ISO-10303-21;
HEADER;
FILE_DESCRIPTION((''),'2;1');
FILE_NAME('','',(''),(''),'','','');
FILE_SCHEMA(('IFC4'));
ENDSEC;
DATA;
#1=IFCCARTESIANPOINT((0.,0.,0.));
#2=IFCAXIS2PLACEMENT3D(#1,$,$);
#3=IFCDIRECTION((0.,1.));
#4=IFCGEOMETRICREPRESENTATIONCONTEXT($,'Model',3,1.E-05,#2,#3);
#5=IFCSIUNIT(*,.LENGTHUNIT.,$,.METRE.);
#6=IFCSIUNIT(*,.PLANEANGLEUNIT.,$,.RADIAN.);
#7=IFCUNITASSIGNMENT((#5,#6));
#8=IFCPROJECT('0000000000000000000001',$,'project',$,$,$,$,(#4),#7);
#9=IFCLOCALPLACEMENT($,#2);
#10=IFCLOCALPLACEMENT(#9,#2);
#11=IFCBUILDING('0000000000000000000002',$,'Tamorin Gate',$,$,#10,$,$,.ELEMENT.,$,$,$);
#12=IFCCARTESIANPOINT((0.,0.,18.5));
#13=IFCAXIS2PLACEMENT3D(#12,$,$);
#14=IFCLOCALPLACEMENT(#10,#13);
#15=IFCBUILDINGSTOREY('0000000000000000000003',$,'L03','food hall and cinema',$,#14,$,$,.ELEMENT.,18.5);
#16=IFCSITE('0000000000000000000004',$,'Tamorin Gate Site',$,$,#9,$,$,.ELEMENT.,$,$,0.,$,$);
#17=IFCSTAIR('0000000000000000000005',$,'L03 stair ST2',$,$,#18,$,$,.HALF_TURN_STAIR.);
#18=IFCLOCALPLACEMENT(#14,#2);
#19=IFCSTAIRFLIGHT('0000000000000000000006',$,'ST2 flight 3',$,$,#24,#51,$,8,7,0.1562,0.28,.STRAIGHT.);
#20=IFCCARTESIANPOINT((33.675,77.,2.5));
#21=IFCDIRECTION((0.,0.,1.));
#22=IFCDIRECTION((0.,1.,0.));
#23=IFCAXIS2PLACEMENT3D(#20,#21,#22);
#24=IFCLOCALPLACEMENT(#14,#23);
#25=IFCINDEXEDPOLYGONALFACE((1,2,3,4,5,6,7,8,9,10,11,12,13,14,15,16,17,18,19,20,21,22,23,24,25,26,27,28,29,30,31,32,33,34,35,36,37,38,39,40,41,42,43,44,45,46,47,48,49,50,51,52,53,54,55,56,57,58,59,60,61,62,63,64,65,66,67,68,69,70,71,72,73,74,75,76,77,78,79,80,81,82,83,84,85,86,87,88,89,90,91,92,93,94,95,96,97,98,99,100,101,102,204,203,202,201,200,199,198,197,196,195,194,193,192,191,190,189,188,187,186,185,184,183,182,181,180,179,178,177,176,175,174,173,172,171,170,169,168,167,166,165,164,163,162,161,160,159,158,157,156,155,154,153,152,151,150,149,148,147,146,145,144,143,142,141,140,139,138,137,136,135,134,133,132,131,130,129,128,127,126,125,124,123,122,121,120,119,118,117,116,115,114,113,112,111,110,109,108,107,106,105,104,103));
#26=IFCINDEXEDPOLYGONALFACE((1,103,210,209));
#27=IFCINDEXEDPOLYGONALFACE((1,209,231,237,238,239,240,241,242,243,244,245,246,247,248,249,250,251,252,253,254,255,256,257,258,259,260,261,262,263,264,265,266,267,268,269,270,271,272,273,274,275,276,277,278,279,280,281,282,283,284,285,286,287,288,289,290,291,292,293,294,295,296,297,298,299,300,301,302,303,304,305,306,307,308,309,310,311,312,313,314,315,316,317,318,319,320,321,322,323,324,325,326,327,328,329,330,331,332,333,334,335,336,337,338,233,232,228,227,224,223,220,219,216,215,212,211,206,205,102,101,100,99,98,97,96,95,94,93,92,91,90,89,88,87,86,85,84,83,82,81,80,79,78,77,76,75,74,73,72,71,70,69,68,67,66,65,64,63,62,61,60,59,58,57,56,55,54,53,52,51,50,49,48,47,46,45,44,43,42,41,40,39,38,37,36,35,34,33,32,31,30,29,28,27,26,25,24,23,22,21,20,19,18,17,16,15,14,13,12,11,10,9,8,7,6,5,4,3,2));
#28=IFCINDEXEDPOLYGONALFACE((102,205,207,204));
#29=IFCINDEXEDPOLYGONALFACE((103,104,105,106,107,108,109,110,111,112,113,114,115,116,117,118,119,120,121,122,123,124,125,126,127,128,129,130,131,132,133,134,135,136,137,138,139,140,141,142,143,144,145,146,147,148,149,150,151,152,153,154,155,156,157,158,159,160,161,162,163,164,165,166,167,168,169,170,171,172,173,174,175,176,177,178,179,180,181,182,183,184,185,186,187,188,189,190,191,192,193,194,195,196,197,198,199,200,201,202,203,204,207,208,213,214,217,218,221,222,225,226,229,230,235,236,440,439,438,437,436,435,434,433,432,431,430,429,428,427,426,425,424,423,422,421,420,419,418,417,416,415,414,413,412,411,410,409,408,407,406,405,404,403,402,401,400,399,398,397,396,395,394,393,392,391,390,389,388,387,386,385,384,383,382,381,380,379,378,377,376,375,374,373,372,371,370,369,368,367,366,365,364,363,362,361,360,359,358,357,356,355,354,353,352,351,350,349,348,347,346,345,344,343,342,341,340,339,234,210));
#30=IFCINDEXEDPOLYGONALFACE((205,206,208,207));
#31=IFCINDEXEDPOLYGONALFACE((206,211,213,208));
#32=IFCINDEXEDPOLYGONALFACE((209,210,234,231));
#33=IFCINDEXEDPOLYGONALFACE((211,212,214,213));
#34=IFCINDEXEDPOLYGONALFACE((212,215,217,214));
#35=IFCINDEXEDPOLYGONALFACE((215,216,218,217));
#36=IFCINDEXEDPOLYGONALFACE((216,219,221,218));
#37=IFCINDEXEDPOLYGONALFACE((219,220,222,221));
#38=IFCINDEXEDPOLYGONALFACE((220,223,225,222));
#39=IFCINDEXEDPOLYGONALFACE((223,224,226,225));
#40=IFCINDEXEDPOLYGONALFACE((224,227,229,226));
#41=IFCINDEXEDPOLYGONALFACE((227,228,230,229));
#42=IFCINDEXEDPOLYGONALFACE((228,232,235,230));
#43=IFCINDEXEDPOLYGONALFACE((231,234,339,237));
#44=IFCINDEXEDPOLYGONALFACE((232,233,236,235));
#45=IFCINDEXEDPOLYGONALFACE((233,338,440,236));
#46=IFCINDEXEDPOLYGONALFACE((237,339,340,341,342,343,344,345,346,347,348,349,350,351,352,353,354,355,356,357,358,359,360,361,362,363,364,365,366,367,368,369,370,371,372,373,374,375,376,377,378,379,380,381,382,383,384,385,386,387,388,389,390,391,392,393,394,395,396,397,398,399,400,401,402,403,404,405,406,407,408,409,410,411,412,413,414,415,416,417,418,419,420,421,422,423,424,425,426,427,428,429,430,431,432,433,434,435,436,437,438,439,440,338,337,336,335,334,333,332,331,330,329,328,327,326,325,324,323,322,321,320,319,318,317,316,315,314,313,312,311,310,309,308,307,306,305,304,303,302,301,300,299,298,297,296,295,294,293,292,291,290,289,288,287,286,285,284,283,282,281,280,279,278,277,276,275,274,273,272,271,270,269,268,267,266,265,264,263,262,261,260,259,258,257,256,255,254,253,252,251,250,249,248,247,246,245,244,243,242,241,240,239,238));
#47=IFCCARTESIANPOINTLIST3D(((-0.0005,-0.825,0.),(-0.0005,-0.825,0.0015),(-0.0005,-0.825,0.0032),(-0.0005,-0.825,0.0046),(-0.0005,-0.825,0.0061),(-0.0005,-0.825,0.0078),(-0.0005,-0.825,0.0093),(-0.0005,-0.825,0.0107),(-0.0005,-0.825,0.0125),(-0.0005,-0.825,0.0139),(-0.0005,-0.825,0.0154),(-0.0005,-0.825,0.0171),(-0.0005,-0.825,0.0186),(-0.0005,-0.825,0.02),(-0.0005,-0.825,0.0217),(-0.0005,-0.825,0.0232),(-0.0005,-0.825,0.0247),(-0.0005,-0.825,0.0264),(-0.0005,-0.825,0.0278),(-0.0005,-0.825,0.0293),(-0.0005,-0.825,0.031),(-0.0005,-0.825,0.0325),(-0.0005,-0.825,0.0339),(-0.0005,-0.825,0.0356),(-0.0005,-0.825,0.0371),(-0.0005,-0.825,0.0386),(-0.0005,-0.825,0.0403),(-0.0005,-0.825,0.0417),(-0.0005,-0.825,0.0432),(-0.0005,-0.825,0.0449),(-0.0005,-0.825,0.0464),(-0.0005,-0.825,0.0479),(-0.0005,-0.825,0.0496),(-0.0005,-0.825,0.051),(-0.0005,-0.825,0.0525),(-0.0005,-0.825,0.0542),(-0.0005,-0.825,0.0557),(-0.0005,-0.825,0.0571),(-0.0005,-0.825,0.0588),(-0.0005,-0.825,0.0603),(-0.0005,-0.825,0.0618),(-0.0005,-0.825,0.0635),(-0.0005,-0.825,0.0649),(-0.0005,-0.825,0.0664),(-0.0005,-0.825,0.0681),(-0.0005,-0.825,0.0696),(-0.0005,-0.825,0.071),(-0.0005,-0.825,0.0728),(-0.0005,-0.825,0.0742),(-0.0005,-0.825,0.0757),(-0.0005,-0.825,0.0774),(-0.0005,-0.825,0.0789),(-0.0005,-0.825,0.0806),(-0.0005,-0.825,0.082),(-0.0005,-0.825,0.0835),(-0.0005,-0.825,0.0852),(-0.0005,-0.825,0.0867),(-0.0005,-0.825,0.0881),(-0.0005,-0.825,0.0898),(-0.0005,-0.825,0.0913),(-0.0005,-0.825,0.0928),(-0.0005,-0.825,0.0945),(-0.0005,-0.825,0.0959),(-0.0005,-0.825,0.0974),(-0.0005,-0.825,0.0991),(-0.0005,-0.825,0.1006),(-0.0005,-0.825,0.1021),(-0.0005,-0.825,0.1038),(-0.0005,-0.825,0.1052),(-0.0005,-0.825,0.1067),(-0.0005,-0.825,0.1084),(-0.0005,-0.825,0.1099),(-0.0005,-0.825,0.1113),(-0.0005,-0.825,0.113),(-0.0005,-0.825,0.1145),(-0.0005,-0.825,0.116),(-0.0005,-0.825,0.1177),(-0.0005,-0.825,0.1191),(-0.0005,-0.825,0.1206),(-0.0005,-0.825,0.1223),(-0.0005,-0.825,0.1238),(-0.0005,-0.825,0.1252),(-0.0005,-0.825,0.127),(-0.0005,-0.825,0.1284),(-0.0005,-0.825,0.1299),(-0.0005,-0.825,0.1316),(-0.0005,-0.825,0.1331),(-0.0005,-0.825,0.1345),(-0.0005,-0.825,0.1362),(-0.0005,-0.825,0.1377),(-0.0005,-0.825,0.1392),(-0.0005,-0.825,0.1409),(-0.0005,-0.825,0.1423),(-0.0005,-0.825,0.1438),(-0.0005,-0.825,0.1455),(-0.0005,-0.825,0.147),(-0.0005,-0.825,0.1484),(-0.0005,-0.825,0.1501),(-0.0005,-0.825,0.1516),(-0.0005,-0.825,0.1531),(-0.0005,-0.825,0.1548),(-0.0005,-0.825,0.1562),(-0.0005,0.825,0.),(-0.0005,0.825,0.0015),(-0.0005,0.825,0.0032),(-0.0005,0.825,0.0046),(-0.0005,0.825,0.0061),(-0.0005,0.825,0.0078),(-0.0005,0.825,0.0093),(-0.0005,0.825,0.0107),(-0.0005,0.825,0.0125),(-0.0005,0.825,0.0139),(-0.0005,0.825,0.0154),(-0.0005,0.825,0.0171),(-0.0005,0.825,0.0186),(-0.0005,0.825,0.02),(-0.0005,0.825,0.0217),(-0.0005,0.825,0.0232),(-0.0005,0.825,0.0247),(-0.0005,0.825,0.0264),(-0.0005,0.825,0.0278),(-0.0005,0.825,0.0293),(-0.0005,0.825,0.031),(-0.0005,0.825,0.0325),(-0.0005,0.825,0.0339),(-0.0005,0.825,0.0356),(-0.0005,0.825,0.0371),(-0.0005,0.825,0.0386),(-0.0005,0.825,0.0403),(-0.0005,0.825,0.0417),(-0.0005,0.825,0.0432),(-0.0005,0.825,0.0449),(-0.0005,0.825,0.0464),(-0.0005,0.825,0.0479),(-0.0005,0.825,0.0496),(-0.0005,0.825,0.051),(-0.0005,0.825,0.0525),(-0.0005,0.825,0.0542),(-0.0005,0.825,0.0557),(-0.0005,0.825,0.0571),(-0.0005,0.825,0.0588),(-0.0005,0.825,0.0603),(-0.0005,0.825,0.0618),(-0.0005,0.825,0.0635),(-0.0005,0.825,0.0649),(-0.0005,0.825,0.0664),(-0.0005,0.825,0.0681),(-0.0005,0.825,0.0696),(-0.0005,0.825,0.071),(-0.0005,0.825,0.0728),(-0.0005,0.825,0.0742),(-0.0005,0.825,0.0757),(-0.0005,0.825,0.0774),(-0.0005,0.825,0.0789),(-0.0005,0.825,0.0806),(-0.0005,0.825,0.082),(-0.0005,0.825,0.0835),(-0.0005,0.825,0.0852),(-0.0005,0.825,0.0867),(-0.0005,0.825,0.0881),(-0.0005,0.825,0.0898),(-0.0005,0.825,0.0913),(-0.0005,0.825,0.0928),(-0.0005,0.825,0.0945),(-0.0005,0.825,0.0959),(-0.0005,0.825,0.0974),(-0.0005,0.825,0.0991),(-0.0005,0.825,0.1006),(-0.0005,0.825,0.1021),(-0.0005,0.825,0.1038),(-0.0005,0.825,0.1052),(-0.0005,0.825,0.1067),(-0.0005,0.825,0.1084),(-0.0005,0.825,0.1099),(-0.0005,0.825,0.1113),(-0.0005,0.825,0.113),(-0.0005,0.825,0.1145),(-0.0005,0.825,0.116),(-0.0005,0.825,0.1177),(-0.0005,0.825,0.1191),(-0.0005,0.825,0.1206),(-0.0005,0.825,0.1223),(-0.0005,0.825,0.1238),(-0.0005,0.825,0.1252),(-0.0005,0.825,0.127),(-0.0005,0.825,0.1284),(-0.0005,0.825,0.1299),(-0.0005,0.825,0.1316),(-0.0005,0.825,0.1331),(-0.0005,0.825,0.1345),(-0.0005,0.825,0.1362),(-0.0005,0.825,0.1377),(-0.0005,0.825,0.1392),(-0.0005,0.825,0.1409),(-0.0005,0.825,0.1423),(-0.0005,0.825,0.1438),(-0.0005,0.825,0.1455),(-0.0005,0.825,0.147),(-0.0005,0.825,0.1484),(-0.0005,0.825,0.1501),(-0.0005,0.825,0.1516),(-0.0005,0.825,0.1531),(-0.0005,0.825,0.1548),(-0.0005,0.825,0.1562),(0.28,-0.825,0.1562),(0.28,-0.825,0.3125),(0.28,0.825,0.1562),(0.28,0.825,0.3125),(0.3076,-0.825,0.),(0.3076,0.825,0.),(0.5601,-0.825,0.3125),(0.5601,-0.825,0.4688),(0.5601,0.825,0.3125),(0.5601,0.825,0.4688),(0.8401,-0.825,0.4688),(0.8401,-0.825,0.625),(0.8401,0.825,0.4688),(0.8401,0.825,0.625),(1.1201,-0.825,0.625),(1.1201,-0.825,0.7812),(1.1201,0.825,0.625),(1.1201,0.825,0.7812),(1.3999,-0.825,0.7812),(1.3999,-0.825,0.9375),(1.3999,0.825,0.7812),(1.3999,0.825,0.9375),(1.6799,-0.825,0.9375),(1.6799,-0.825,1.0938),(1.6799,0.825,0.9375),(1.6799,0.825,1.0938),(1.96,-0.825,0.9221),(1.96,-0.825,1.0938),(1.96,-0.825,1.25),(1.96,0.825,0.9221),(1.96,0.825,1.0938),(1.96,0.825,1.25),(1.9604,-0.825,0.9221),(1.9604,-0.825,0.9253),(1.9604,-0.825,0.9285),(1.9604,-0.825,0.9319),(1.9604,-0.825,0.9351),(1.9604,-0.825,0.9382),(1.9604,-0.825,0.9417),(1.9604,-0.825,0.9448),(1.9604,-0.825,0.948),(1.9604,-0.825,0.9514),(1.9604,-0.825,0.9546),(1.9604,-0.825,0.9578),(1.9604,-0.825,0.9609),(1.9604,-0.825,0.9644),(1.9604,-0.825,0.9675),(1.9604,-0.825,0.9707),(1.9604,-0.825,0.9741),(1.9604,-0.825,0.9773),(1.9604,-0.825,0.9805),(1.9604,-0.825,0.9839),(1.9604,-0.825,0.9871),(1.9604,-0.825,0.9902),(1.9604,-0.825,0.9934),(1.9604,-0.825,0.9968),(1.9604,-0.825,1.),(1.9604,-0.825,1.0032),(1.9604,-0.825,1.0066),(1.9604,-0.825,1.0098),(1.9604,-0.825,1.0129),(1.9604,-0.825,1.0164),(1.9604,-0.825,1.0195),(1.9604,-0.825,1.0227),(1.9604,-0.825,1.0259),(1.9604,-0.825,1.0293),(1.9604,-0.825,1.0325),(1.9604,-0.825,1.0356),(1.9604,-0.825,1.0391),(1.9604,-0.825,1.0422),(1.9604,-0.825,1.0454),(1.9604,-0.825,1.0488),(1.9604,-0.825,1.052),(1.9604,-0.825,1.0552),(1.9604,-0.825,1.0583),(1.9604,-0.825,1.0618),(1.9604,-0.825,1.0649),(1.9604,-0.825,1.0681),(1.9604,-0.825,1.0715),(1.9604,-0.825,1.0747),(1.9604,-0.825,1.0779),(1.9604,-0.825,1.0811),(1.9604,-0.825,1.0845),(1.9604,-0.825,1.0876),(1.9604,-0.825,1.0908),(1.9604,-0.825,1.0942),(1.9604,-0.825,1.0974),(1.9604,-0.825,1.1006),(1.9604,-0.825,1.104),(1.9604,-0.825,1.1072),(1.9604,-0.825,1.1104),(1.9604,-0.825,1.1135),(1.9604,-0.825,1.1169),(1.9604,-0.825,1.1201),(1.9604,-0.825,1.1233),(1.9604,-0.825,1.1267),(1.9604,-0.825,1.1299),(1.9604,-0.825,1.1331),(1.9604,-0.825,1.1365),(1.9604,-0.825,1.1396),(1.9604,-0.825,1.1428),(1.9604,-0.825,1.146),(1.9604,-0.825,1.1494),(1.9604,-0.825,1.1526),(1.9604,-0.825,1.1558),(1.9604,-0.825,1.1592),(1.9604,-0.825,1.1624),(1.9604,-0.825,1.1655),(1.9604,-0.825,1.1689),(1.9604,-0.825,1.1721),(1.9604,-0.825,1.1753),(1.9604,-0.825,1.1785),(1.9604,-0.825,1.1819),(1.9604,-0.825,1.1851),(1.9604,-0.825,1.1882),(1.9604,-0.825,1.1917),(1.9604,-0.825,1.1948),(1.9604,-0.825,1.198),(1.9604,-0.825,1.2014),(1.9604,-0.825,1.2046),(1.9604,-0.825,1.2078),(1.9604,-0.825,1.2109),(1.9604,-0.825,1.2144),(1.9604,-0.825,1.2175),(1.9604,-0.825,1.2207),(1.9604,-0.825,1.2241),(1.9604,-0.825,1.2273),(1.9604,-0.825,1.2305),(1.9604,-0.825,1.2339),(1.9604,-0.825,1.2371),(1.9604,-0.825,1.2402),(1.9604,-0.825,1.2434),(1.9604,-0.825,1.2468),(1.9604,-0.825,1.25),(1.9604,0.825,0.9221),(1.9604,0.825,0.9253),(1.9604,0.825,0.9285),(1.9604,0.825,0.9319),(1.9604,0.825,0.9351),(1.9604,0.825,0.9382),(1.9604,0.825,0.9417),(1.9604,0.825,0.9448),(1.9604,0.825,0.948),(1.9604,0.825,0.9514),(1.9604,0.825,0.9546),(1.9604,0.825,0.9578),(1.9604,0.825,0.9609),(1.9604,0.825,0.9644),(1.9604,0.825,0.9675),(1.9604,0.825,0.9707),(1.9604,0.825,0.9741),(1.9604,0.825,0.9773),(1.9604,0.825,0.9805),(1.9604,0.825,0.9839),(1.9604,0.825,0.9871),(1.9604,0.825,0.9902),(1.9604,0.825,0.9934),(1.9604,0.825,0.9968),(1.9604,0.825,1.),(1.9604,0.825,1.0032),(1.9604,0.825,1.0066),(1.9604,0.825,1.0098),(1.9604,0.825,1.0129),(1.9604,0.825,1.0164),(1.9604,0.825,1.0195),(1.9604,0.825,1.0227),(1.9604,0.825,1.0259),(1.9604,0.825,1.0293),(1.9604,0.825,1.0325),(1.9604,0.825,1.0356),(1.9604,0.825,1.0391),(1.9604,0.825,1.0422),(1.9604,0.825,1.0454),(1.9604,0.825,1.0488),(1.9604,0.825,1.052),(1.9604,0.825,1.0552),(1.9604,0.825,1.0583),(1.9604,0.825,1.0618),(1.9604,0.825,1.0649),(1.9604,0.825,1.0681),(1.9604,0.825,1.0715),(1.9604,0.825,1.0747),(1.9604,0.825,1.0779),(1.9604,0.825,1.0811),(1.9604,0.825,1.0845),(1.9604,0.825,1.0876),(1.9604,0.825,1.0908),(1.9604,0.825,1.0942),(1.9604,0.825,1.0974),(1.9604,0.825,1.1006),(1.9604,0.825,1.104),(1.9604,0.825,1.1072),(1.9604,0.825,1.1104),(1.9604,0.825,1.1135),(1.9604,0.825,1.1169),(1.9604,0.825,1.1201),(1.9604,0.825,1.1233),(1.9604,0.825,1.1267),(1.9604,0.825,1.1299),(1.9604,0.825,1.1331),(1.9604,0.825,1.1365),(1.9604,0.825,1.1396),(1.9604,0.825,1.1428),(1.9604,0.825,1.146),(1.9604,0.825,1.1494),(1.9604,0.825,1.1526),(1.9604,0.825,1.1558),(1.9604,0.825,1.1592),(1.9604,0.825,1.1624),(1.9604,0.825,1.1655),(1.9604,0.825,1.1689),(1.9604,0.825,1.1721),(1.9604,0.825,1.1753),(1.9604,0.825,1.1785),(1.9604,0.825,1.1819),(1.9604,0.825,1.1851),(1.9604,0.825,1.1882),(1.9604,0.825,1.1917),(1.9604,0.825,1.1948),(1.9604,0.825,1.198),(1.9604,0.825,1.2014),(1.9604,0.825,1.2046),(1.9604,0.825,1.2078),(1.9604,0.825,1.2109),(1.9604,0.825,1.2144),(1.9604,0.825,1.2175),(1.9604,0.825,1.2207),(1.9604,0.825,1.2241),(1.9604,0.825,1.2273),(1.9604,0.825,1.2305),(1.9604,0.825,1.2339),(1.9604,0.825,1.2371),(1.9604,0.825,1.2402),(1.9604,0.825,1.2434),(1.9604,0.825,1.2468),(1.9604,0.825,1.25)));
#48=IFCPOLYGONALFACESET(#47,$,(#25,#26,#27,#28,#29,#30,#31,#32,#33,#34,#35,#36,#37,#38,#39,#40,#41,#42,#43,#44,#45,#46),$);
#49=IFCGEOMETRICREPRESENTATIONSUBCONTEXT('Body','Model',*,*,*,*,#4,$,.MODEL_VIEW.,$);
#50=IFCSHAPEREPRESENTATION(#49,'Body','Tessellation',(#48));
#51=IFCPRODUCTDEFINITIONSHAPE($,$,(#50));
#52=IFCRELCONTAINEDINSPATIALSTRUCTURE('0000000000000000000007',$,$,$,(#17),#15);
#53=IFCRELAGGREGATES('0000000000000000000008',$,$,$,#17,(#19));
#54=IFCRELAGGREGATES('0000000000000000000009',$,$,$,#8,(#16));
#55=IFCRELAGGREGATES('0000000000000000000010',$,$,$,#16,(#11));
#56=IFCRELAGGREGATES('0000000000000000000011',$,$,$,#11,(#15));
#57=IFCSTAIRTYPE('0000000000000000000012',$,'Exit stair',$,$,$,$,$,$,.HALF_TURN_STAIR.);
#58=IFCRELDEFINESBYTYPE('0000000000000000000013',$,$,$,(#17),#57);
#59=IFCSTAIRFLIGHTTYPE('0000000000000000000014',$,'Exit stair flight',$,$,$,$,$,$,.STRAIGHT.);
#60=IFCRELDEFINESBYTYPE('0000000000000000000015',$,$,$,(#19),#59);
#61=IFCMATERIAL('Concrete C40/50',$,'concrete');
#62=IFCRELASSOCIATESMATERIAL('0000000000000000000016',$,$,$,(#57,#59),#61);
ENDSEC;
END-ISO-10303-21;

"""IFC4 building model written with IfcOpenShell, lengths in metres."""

from ifc_helpers import new_model, si_unit, direction, frame, origin, place, context, subcontext, project, spatial, polyline, outline, extrude, material, type_object, element, aggregate, save


model = new_model("IFC4")

# Units and contexts
model_context = context("Model", 3, precision=1e-05, world=origin(), true_north=direction((0.0, 1.0)))
body_context = subcontext(model_context, "Body", "Model", "MODEL_VIEW")
ifc_project = project(units=[si_unit("LENGTHUNIT", "METRE"), si_unit("PLANEANGLEUNIT", "RADIAN")], contexts=[model_context])

# Site, building, storey
site_placement = place(None, origin())
site = spatial("IfcSite", under=ifc_project, at=site_placement, Name="Tamorin Gate Site", CompositionType="ELEMENT", RefElevation=0.0)
building_placement = place(site_placement, origin())
building = spatial("IfcBuilding", under=site, at=building_placement, Name="Tamorin Gate", CompositionType="ELEMENT")
storey_placement = place(building_placement, frame((0.0, 0.0, 18.5)))
storey = spatial("IfcBuildingStorey", under=building, at=storey_placement, Name="L03", Description="food hall and cinema", CompositionType="ELEMENT", Elevation=18.5)

# Shared definitions
ifc_material_1 = material(Name="Concrete C40/50", Category="concrete")

# Stair, stair flight
stair_type = type_object("IfcStairType", Name="Exit stair", PredefinedType="HALF_TURN_STAIR", material=ifc_material_1)
stair_flight_type = type_object("IfcStairFlightType", Name="Exit stair flight", PredefinedType="STRAIGHT", material=ifc_material_1)
stair_1_placement = place(storey_placement, origin())
stair_1 = element("IfcStair", 1, at=stair_1_placement, inside=storey, type_object=stair_type, Name="L03 stair ST2", PredefinedType="HALF_TURN_STAIR")
stair_flight_1_placement = place(storey_placement, frame((33.675, 77.0, 2.5), z_axis=(0.0, 0.0, 1.0), x_axis=(0.0, 1.0, 0.0)))
stair_flight_1 = element("IfcStairFlight", 2, at=stair_flight_1_placement, type_object=stair_flight_type, Name="ST2 flight 3", NumberOfRisers=8, NumberOfTreads=7, PredefinedType="STRAIGHT", RiserHeight=0.1562, TreadLength=0.28, context=body_context, shape_type="SweptSolid", body=[
    extrude(outline(polyline([(-0.0005, 0.0), (-0.0005, 0.0015), (-0.0005, 0.0032), (-0.0005, 0.0046), (-0.0005, 0.0061), (-0.0005, 0.0078), (-0.0005, 0.0093), (-0.0005, 0.0107), (-0.0005, 0.0125), (-0.0005, 0.0139), (-0.0005, 0.0154), (-0.0005, 0.0171), (-0.0005, 0.0186), (-0.0005, 0.02), (-0.0005, 0.0217), (-0.0005, 0.0232), (-0.0005, 0.0247), (-0.0005, 0.0264), (-0.0005, 0.0278), (-0.0005, 0.0293), (-0.0005, 0.031), (-0.0005, 0.0325), (-0.0005, 0.0339), (-0.0005, 0.0356), (-0.0005, 0.0371), (-0.0005, 0.0386), (-0.0005, 0.0403), (-0.0005, 0.0417), (-0.0005, 0.0432), (-0.0005, 0.0449), (-0.0005, 0.0464), (-0.0005, 0.0479), (-0.0005, 0.0496), (-0.0005, 0.051), (-0.0005, 0.0525), (-0.0005, 0.0542), (-0.0005, 0.0557), (-0.0005, 0.0571), (-0.0005, 0.0588), (-0.0005, 0.0603), (-0.0005, 0.0618), (-0.0005, 0.0635), (-0.0005, 0.0649), (-0.0005, 0.0664), (-0.0005, 0.0681), (-0.0005, 0.0696), (-0.0005, 0.071), (-0.0005, 0.0728), (-0.0005, 0.0742), (-0.0005, 0.0757), (-0.0005, 0.0774), (-0.0005, 0.0789), (-0.0005, 0.0806), (-0.0005, 0.082), (-0.0005, 0.0835), (-0.0005, 0.0852), (-0.0005, 0.0867), (-0.0005, 0.0881), (-0.0005, 0.0898), (-0.0005, 0.0913), (-0.0005, 0.0928), (-0.0005, 0.0945), (-0.0005, 0.0959), (-0.0005, 0.0974), (-0.0005, 0.0991), (-0.0005, 0.1006), (-0.0005, 0.1021), (-0.0005, 0.1038), (-0.0005, 0.1052), (-0.0005, 0.1067), (-0.0005, 0.1084), (-0.0005, 0.1099), (-0.0005, 0.1113), (-0.0005, 0.113), (-0.0005, 0.1145), (-0.0005, 0.116), (-0.0005, 0.1177), (-0.0005, 0.1191), (-0.0005, 0.1206), (-0.0005, 0.1223), (-0.0005, 0.1238), (-0.0005, 0.1252), (-0.0005, 0.127), (-0.0005, 0.1284), (-0.0005, 0.1299), (-0.0005, 0.1316), (-0.0005, 0.1331), (-0.0005, 0.1345), (-0.0005, 0.1362), (-0.0005, 0.1377), (-0.0005, 0.1392), (-0.0005, 0.1409), (-0.0005, 0.1423), (-0.0005, 0.1438), (-0.0005, 0.1455), (-0.0005, 0.147), (-0.0005, 0.1484), (-0.0005, 0.1501), (-0.0005, 0.1516), (-0.0005, 0.1531), (-0.0005, 0.1548), (-0.0005, 0.1562), (0.28, 0.1562), (0.28, 0.3125), (0.5601, 0.3125), (0.5601, 0.4688), (0.8401, 0.4688), (0.8401, 0.625), (1.1201, 0.625), (1.1201, 0.7812), (1.3999, 0.7812), (1.3999, 0.9375), (1.6799, 0.9375), (1.6799, 1.0938), (1.96, 1.0938), (1.96, 1.25), (1.9604, 1.25), (1.9604, 1.2468), (1.9604, 1.2434), (1.9604, 1.2402), (1.9604, 1.2371), (1.9604, 1.2339), (1.9604, 1.2305), (1.9604, 1.2273), (1.9604, 1.2241), (1.9604, 1.2207), (1.9604, 1.2175), (1.9604, 1.2144), (1.9604, 1.2109), (1.9604, 1.2078), (1.9604, 1.2046), (1.9604, 1.2014), (1.9604, 1.198), (1.9604, 1.1948), (1.9604, 1.1917), (1.9604, 1.1882), (1.9604, 1.1851), (1.9604, 1.1819), (1.9604, 1.1785), (1.9604, 1.1753), (1.9604, 1.1721), (1.9604, 1.1689), (1.9604, 1.1655), (1.9604, 1.1624), (1.9604, 1.1592), (1.9604, 1.1558), (1.9604, 1.1526), (1.9604, 1.1494), (1.9604, 1.146), (1.9604, 1.1428), (1.9604, 1.1396), (1.9604, 1.1365), (1.9604, 1.1331), (1.9604, 1.1299), (1.9604, 1.1267), (1.9604, 1.1233), (1.9604, 1.1201), (1.9604, 1.1169), (1.9604, 1.1135), (1.9604, 1.1104), (1.9604, 1.1072), (1.9604, 1.104), (1.9604, 1.1006), (1.9604, 1.0974), (1.9604, 1.0942), (1.9604, 1.0908), (1.9604, 1.0876), (1.9604, 1.0845), (1.9604, 1.0811), (1.9604, 1.0779), (1.9604, 1.0747), (1.9604, 1.0715), (1.9604, 1.0681), (1.9604, 1.0649), (1.9604, 1.0618), (1.9604, 1.0583), (1.9604, 1.0552), (1.9604, 1.052), (1.9604, 1.0488), (1.9604, 1.0454), (1.9604, 1.0422), (1.9604, 1.0391), (1.9604, 1.0356), (1.9604, 1.0325), (1.9604, 1.0293), (1.9604, 1.0259), (1.9604, 1.0227), (1.9604, 1.0195), (1.9604, 1.0164), (1.9604, 1.0129), (1.9604, 1.0098), (1.9604, 1.0066), (1.9604, 1.0032), (1.9604, 1.0), (1.9604, 0.9968), (1.9604, 0.9934), (1.9604, 0.9902), (1.9604, 0.9871), (1.9604, 0.9839), (1.9604, 0.9805), (1.9604, 0.9773), (1.9604, 0.9741), (1.9604, 0.9707), (1.9604, 0.9675), (1.9604, 0.9644), (1.9604, 0.9609), (1.9604, 0.9578), (1.9604, 0.9546), (1.9604, 0.9514), (1.9604, 0.948), (1.9604, 0.9448), (1.9604, 0.9417), (1.9604, 0.9382), (1.9604, 0.9351), (1.9604, 0.9319), (1.9604, 0.9285), (1.9604, 0.9253), (1.9604, 0.9221), (1.96, 0.9221), (0.3076, 0.0), (-0.0005, 0.0)])), frame((0.0, 0.825, 0.0), z_axis=(0.0, -1.0, 0.0), x_axis=(1.0, 0.0, 0.0)), (0.0, 0.0, 1.0), 1.6499),
])
aggregate(stair_1, [stair_flight_1])

save(model, "model.ifc")
